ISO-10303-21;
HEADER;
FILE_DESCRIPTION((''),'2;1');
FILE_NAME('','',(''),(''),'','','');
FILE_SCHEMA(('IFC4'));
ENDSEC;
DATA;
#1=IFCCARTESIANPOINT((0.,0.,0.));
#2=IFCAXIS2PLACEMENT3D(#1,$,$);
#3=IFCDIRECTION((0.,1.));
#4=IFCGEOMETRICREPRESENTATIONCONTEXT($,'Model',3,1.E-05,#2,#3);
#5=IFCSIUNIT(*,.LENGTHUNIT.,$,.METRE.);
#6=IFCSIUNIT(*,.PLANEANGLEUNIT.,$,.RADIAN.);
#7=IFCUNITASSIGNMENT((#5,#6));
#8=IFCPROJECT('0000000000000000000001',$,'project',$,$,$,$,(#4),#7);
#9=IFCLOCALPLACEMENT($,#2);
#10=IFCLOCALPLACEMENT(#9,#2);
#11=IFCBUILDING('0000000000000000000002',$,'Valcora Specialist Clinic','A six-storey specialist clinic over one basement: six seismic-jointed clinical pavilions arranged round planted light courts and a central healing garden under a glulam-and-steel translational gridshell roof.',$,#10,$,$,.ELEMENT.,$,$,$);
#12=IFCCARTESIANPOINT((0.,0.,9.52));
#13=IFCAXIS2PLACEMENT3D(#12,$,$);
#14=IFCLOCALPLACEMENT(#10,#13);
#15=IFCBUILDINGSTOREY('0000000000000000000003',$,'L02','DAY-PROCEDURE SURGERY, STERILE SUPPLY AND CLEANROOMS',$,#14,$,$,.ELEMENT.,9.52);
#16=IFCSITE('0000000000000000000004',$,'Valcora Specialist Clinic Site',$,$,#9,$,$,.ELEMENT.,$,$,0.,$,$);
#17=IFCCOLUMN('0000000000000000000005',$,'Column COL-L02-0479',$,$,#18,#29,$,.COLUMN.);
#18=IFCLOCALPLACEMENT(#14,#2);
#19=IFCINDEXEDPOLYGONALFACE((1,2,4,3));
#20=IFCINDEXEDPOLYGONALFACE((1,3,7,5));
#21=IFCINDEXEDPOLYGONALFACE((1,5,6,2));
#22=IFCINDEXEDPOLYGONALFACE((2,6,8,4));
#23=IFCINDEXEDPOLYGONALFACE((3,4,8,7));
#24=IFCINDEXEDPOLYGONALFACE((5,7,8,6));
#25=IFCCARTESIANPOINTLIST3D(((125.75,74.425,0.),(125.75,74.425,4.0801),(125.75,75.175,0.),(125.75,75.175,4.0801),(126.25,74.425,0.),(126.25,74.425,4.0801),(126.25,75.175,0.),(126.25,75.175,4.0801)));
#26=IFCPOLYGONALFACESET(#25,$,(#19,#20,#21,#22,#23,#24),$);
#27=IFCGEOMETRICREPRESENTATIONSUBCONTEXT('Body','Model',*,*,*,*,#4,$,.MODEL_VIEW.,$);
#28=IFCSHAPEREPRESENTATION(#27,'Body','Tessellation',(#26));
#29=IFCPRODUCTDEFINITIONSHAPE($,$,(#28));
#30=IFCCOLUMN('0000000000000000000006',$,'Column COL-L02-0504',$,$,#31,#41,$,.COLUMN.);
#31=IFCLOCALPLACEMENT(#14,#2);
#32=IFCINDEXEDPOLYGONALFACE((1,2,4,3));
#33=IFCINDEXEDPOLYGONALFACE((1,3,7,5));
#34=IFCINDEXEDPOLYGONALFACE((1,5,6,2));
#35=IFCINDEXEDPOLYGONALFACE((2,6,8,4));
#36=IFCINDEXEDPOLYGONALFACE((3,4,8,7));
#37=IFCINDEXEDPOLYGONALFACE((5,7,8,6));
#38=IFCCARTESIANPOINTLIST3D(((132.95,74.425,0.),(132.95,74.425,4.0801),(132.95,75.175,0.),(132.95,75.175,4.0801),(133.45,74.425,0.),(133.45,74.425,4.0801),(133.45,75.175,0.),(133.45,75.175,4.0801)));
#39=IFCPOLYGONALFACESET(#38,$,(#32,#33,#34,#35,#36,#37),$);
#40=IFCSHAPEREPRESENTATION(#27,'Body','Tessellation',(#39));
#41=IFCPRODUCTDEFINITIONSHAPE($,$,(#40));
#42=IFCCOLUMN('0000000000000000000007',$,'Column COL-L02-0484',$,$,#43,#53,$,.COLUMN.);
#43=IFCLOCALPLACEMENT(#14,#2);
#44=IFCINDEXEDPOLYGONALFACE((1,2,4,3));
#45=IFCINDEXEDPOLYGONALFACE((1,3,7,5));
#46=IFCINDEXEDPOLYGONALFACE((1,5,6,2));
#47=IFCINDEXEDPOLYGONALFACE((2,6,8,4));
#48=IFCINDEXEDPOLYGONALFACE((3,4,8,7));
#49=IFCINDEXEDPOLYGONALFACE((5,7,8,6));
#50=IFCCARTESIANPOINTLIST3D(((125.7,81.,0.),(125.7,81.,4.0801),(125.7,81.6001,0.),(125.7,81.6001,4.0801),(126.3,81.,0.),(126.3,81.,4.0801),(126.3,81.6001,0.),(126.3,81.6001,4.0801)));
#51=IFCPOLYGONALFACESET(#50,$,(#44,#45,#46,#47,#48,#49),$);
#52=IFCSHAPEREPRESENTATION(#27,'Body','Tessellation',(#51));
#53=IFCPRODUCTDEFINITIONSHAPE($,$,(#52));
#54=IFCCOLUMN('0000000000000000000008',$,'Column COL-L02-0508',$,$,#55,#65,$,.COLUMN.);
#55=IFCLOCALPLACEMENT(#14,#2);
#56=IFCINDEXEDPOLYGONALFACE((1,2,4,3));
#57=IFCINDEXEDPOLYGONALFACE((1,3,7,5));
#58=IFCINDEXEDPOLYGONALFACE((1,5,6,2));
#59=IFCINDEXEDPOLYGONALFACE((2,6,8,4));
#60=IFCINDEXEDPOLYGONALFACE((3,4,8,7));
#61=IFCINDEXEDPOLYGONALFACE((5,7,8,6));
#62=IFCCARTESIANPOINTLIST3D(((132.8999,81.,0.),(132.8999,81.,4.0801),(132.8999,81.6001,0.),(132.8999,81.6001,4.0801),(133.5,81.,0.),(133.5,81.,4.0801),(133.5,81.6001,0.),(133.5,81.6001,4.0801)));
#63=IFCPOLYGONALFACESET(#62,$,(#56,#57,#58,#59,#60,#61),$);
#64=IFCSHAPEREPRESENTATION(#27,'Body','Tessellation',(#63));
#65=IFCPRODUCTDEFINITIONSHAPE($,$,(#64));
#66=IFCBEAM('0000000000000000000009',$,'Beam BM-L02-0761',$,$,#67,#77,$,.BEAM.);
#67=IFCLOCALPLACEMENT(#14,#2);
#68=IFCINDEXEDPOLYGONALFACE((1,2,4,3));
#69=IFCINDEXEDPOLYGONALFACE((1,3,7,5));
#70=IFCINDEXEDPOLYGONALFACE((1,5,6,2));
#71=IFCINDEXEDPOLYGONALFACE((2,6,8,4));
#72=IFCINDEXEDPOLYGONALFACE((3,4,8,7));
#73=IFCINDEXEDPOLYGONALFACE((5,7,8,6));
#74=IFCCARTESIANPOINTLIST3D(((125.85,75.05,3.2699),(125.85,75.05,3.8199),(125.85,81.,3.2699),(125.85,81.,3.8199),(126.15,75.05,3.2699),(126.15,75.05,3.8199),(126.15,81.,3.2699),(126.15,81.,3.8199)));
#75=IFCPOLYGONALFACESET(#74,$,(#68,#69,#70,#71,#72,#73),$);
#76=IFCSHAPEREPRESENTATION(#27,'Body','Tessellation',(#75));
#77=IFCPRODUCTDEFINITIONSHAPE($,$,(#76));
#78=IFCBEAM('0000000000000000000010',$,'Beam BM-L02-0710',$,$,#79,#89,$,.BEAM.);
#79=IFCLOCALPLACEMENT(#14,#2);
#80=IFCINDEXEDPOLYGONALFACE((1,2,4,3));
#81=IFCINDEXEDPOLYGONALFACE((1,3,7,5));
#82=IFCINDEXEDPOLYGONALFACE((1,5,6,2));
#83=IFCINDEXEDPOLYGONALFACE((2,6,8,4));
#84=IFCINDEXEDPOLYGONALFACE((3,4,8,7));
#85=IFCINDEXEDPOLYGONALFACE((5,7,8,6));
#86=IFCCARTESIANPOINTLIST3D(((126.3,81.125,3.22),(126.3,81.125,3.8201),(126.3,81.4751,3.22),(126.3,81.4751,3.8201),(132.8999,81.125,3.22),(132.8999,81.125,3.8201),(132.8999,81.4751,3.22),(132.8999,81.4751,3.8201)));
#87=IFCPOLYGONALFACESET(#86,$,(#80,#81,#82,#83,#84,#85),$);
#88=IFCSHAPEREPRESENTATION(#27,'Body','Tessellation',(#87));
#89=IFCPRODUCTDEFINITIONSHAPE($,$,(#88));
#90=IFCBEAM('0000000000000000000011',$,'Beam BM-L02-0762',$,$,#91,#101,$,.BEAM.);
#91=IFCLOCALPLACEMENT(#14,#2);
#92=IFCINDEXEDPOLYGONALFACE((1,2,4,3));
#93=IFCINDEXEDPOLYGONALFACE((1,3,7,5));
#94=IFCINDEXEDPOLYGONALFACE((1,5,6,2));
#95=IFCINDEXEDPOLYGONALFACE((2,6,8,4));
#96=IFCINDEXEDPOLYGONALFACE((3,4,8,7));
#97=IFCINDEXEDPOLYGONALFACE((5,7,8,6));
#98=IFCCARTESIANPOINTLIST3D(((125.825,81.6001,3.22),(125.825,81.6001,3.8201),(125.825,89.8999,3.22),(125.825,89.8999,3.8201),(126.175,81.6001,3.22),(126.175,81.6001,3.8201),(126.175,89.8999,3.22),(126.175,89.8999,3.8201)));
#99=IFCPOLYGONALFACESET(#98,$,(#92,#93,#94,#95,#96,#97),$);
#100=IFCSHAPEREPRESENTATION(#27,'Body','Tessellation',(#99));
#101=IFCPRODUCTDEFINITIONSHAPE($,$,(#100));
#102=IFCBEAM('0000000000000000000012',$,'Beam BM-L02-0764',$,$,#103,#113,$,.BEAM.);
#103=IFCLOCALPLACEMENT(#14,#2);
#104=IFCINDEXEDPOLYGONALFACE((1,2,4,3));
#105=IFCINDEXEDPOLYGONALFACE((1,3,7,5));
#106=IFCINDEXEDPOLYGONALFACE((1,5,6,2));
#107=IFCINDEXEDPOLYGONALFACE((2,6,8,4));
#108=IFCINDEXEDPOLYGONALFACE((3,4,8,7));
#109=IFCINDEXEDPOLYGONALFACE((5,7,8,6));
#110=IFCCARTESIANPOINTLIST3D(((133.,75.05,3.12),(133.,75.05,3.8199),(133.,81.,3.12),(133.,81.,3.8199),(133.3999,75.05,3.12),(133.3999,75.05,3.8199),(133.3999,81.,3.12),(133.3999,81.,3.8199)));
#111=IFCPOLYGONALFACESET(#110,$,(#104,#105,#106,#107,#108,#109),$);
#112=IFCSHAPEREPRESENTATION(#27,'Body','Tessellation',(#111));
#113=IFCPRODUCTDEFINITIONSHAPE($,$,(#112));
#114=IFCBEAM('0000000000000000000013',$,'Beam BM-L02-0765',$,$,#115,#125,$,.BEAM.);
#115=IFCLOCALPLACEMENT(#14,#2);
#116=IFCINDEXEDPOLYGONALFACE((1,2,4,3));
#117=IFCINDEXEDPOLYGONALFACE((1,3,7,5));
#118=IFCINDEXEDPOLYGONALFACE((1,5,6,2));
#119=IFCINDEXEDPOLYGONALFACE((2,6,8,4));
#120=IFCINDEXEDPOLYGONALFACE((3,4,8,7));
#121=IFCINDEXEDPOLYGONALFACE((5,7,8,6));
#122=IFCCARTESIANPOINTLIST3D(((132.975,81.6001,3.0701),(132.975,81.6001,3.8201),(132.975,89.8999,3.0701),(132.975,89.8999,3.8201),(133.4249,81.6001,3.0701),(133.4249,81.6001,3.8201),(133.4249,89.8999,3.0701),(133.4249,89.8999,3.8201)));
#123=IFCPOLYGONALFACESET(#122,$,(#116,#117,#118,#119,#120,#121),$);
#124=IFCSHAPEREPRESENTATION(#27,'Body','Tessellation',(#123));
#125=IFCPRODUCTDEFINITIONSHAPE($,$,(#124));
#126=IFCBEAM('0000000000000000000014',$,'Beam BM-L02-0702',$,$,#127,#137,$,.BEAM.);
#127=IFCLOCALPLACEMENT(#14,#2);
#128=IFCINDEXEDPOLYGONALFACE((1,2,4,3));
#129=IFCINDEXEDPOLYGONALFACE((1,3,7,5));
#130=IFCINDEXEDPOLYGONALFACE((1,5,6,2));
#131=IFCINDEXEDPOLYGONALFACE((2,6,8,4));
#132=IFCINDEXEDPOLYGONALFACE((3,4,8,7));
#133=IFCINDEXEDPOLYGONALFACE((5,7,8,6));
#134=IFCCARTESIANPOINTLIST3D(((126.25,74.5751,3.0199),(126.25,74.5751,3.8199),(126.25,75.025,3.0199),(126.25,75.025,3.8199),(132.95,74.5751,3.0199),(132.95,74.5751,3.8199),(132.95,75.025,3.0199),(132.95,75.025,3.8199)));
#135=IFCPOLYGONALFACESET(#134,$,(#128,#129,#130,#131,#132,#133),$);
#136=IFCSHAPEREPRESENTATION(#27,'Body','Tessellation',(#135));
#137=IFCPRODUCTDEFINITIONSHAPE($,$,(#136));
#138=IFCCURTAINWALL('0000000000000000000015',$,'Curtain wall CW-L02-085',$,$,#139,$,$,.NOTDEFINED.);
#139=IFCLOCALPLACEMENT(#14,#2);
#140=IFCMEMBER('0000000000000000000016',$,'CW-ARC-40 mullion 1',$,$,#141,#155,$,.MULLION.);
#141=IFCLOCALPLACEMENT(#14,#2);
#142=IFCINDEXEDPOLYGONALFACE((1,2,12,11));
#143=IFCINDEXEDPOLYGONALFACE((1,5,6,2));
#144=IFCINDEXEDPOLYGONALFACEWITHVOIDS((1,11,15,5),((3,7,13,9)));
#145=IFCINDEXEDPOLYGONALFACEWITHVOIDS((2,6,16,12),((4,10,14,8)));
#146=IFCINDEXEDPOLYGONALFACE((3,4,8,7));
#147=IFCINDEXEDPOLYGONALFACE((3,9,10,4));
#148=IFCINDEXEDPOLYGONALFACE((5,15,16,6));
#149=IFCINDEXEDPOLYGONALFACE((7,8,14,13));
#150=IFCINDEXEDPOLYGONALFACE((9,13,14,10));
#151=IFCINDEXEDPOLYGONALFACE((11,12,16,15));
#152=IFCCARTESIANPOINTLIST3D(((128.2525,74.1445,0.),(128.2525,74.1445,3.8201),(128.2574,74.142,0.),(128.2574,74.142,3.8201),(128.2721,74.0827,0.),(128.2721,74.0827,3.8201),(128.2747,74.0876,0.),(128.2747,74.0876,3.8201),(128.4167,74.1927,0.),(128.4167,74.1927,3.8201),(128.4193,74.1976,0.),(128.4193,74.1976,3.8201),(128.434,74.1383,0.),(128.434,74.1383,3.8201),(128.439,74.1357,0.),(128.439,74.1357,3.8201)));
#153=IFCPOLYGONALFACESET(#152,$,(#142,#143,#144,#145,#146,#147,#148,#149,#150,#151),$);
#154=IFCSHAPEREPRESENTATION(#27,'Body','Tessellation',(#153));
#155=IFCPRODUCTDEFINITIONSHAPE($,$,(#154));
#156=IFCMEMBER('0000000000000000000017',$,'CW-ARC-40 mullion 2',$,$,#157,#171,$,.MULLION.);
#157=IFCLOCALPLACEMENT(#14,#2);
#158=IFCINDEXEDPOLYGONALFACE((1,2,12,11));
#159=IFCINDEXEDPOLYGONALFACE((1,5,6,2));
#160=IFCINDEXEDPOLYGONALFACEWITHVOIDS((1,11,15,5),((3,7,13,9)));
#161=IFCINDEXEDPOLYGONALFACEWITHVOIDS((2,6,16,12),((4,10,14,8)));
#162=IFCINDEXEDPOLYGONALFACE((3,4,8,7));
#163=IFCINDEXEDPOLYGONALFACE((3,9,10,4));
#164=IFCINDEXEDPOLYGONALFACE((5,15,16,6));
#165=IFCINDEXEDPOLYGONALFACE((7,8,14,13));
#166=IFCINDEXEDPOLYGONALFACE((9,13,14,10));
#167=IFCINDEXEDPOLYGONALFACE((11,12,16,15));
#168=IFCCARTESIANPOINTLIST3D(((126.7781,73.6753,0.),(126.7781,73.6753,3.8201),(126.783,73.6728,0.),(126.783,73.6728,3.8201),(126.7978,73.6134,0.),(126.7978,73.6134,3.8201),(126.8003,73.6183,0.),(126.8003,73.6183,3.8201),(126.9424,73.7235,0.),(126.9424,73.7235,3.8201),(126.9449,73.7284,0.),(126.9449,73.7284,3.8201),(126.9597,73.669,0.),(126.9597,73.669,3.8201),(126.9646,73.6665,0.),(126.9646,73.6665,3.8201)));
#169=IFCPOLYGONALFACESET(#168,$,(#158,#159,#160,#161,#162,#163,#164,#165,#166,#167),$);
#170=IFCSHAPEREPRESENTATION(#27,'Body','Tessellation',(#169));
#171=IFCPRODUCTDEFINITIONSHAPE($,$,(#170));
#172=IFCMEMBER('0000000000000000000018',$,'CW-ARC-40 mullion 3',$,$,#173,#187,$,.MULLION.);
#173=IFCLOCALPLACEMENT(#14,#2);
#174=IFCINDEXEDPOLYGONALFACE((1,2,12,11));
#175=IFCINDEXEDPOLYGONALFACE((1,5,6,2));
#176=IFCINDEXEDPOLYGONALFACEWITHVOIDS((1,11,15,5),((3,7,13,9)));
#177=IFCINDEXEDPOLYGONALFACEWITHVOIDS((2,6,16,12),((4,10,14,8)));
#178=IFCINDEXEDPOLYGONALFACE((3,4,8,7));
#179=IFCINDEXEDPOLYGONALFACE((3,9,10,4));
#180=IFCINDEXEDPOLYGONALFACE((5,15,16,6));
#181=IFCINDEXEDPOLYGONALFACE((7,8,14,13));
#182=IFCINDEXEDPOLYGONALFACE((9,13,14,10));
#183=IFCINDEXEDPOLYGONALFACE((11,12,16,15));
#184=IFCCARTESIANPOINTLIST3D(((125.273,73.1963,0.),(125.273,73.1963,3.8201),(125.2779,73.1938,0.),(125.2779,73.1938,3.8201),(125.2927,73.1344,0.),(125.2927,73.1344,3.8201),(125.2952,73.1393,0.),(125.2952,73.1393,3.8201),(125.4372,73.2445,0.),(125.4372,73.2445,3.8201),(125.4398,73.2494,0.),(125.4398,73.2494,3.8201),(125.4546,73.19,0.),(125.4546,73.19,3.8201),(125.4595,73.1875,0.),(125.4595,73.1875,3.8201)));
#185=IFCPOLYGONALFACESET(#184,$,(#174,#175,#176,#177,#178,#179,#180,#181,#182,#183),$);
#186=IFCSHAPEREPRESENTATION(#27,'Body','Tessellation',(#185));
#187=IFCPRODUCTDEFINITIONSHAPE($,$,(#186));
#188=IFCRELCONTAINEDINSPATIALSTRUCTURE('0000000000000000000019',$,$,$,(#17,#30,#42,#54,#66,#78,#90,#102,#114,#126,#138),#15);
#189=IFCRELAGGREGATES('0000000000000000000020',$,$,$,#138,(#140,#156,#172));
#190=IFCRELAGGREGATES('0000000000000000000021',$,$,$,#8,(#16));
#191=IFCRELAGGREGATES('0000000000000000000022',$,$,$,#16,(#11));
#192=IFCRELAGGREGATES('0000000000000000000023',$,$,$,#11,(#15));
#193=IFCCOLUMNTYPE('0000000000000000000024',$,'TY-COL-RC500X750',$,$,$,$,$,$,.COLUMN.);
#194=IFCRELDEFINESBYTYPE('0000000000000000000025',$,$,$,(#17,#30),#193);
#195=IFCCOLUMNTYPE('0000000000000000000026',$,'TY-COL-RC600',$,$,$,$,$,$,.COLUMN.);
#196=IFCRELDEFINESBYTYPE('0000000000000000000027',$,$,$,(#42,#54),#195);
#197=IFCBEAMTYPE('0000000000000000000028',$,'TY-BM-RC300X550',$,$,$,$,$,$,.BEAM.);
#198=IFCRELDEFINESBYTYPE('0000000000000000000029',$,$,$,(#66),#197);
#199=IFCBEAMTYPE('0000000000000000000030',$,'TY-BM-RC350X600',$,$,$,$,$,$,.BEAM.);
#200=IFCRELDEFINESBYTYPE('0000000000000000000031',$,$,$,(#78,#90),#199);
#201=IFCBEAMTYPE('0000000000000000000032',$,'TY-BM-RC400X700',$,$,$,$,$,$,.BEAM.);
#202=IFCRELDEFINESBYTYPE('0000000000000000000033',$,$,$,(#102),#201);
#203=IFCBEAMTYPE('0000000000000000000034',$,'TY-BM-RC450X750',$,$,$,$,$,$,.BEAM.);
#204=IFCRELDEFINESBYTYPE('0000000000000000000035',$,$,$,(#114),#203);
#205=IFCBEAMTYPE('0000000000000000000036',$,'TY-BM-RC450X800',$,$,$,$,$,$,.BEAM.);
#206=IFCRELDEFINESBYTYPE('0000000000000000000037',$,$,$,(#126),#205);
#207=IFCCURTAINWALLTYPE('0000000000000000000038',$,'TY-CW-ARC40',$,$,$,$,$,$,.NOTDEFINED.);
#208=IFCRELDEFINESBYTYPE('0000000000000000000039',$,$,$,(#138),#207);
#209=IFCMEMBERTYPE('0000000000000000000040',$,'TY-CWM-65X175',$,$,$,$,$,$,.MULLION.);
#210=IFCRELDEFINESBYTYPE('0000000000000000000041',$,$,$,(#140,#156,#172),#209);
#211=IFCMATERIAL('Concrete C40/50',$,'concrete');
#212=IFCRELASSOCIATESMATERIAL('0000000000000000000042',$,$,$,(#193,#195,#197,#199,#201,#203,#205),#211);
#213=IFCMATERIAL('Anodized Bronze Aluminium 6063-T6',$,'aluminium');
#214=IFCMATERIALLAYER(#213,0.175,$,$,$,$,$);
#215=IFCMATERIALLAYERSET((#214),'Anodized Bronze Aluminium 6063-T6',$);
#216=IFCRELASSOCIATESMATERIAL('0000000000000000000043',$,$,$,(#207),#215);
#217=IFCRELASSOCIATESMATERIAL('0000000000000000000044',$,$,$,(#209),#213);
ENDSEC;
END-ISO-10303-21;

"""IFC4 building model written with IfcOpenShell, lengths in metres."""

from ifc_helpers import new_model, si_unit, direction, frame, origin, origin_2d, place, context, subcontext, project, spatial, rectangle, hollow_rectangle, extrude, material, layer, layer_set, material_profile, profile_set, type_object, element, aggregate, save


model = new_model("IFC4")

# Units and contexts
model_context = context("Model", 3, precision=1e-05, world=origin(), true_north=direction((0.0, 1.0)))
body_context = subcontext(model_context, "Body", "Model", "MODEL_VIEW")
ifc_project = project(units=[si_unit("LENGTHUNIT", "METRE"), si_unit("PLANEANGLEUNIT", "RADIAN")], contexts=[model_context])

# Site, building, storey
site_placement = place(None, origin())
site = spatial("IfcSite", under=ifc_project, at=site_placement, Name="Valcora Specialist Clinic Site", CompositionType="ELEMENT", RefElevation=0.0)
building_placement = place(site_placement, origin())
building = spatial("IfcBuilding", under=site, at=building_placement, Name="Valcora Specialist Clinic", Description="A six-storey specialist clinic over one basement: six seismic-jointed clinical pavilions arranged round planted light courts and a central healing garden under a glulam-and-steel translational gridshell roof.", CompositionType="ELEMENT")
storey_placement = place(building_placement, frame((0.0, 0.0, 9.52)))
storey = spatial("IfcBuildingStorey", under=building, at=storey_placement, Name="L02", Description="DAY-PROCEDURE SURGERY, STERILE SUPPLY AND CLEANROOMS", CompositionType="ELEMENT", Elevation=9.52)

# Columns
ifc_material_1 = material(Name="Concrete C40/50", Category="concrete")
ifc_material_profile_1 = material_profile(ifc_material_1, rectangle(XDim=0.5, YDim=0.75, at=origin_2d()), Name="RC-COL-500X750")
ifc_profile_set_1 = profile_set([ifc_material_profile_1], Name="Concrete C40/50")
column_type_1 = type_object("IfcColumnType", Name="TY-COL-RC500X750", PredefinedType="COLUMN", material=ifc_profile_set_1)
for number, where, z_axis, x_axis, name in (
    (1, (126.0, 74.8, 0.0), (0.0, 0.0, 1.0), (1.0, 0.0, 0.0), "Column COL-L02-0479"),
    (2, (133.2, 74.8, 0.0), (0.0, 0.0, 1.0), (1.0, 0.0, 0.0), "Column COL-L02-0504"),
):
    element("IfcColumn", number, at=place(storey_placement, frame(where, z_axis=z_axis, x_axis=x_axis)), inside=storey, type_object=column_type_1, Name=name, PredefinedType="COLUMN", context=body_context, shape_type="SweptSolid", body=[
        extrude(rectangle(XDim=0.5, YDim=0.75, at=origin_2d()), origin(), (0.0, 0.0, 1.0), 4.0801),
    ])
ifc_material_profile_2 = material_profile(ifc_material_1, rectangle(XDim=0.6001, YDim=0.6001, at=origin_2d()), Name="RC-COL-600X600")
ifc_profile_set_2 = profile_set([ifc_material_profile_2], Name="Concrete C40/50")
column_type_2 = type_object("IfcColumnType", Name="TY-COL-RC600", PredefinedType="COLUMN", material=ifc_profile_set_2)
for number, where, z_axis, x_axis, name in (
    (3, (126.0, 81.3, 0.0), (0.0, 0.0, 1.0), (1.0, 0.0, 0.0), "Column COL-L02-0484"),
    (4, (133.2, 81.3, 0.0), (0.0, 0.0, 1.0), (1.0, 0.0, 0.0), "Column COL-L02-0508"),
):
    element("IfcColumn", number, at=place(storey_placement, frame(where, z_axis=z_axis, x_axis=x_axis)), inside=storey, type_object=column_type_2, Name=name, PredefinedType="COLUMN", context=body_context, shape_type="SweptSolid", body=[
        extrude(rectangle(XDim=0.6001, YDim=0.6001, at=origin_2d()), origin(), (0.0, 0.0, 1.0), 4.0801),
    ])

# Beams
ifc_material_profile_3 = material_profile(ifc_material_1, rectangle(XDim=0.3, YDim=0.55, at=origin_2d()), Name="RC-BM-300X550")
ifc_profile_set_3 = profile_set([ifc_material_profile_3], Name="Concrete C40/50")
beam_type_1 = type_object("IfcBeamType", Name="TY-BM-RC300X550", PredefinedType="BEAM", material=ifc_profile_set_3)
beam_1_placement = place(storey_placement, frame((126.0, 75.05, 3.5449), z_axis=(0.0, 1.0, 0.0), x_axis=(-1.0, 0.0, 0.0)))
element("IfcBeam", 5, at=beam_1_placement, inside=storey, type_object=beam_type_1, Name="Beam BM-L02-0761", PredefinedType="BEAM", context=body_context, shape_type="SweptSolid", body=[
    extrude(rectangle(XDim=0.3, YDim=0.55, at=origin_2d()), origin(), (0.0, 0.0, 1.0), 5.95),
])
ifc_material_profile_4 = material_profile(ifc_material_1, rectangle(XDim=0.3501, YDim=0.6001, at=origin_2d()), Name="RC-BM-350X600")
ifc_profile_set_4 = profile_set([ifc_material_profile_4], Name="Concrete C40/50")
beam_type_2 = type_object("IfcBeamType", Name="TY-BM-RC350X600", PredefinedType="BEAM", material=ifc_profile_set_4)
beam_2_placement = place(storey_placement, frame((126.3, 81.3, 3.52), z_axis=(1.0, 0.0, 0.0), x_axis=(0.0, 1.0, 0.0)))
element("IfcBeam", 6, at=beam_2_placement, inside=storey, type_object=beam_type_2, Name="Beam BM-L02-0710", PredefinedType="BEAM", context=body_context, shape_type="SweptSolid", body=[
    extrude(rectangle(XDim=0.3501, YDim=0.6001, at=origin_2d()), origin(), (0.0, 0.0, 1.0), 6.5999),
])
beam_3_placement = place(storey_placement, frame((126.0, 81.6001, 3.52), z_axis=(0.0, 1.0, 0.0), x_axis=(-1.0, 0.0, 0.0)))
element("IfcBeam", 7, at=beam_3_placement, inside=storey, type_object=beam_type_2, Name="Beam BM-L02-0762", PredefinedType="BEAM", context=body_context, shape_type="SweptSolid", body=[
    extrude(rectangle(XDim=0.3501, YDim=0.6001, at=origin_2d()), origin(), (0.0, 0.0, 1.0), 8.2998),
])
ifc_material_profile_5 = material_profile(ifc_material_1, rectangle(XDim=0.3999, YDim=0.7, at=origin_2d()), Name="RC-BM-400X700")
ifc_profile_set_5 = profile_set([ifc_material_profile_5], Name="Concrete C40/50")
beam_type_3 = type_object("IfcBeamType", Name="TY-BM-RC400X700", PredefinedType="BEAM", material=ifc_profile_set_5)
beam_4_placement = place(storey_placement, frame((133.2, 75.05, 3.47), z_axis=(0.0, 1.0, 0.0), x_axis=(-1.0, 0.0, 0.0)))
element("IfcBeam", 8, at=beam_4_placement, inside=storey, type_object=beam_type_3, Name="Beam BM-L02-0764", PredefinedType="BEAM", context=body_context, shape_type="SweptSolid", body=[
    extrude(rectangle(XDim=0.3999, YDim=0.7, at=origin_2d()), origin(), (0.0, 0.0, 1.0), 5.95),
])
ifc_material_profile_6 = material_profile(ifc_material_1, rectangle(XDim=0.45, YDim=0.75, at=origin_2d()), Name="RC-BM-450X750")
ifc_profile_set_6 = profile_set([ifc_material_profile_6], Name="Concrete C40/50")
beam_type_4 = type_object("IfcBeamType", Name="TY-BM-RC450X750", PredefinedType="BEAM", material=ifc_profile_set_6)
beam_5_placement = place(storey_placement, frame((133.2, 81.6001, 3.4451), z_axis=(0.0, 1.0, 0.0), x_axis=(-1.0, 0.0, 0.0)))
element("IfcBeam", 9, at=beam_5_placement, inside=storey, type_object=beam_type_4, Name="Beam BM-L02-0765", PredefinedType="BEAM", context=body_context, shape_type="SweptSolid", body=[
    extrude(rectangle(XDim=0.45, YDim=0.75, at=origin_2d()), origin(), (0.0, 0.0, 1.0), 8.2998),
])
ifc_material_profile_7 = material_profile(ifc_material_1, rectangle(XDim=0.45, YDim=0.8, at=origin_2d()), Name="RC-BM-450X800")
ifc_profile_set_7 = profile_set([ifc_material_profile_7], Name="Concrete C40/50")
beam_type_5 = type_object("IfcBeamType", Name="TY-BM-RC450X800", PredefinedType="BEAM", material=ifc_profile_set_7)
beam_6_placement = place(storey_placement, frame((126.25, 74.8, 3.4199), z_axis=(1.0, 0.0, 0.0), x_axis=(0.0, 1.0, 0.0)))
element("IfcBeam", 10, at=beam_6_placement, inside=storey, type_object=beam_type_5, Name="Beam BM-L02-0702", PredefinedType="BEAM", context=body_context, shape_type="SweptSolid", body=[
    extrude(rectangle(XDim=0.45, YDim=0.8, at=origin_2d()), origin(), (0.0, 0.0, 1.0), 6.7),
])

# Curtain wall, members
ifc_material_2 = material(Name="Anodized Bronze Aluminium 6063-T6", Category="aluminium")
ifc_layer_1 = layer(ifc_material_2, 0.175)
ifc_layer_set_1 = layer_set([ifc_layer_1], Name="Anodized Bronze Aluminium 6063-T6")
curtain_wall_type = type_object("IfcCurtainWallType", Name="TY-CW-ARC40", PredefinedType="NOTDEFINED", material=ifc_layer_set_1)
curtain_wall_placement = place(storey_placement, origin())
curtain_wall = element("IfcCurtainWall", 11, at=curtain_wall_placement, inside=storey, type_object=curtain_wall_type, Name="Curtain wall CW-L02-085", PredefinedType="NOTDEFINED")
ifc_material_profile_8 = material_profile(ifc_material_2, hollow_rectangle(XDim=0.0649, YDim=0.175, WallThickness=0.0039, at=origin_2d()), Name="AL-MUL-65X175")
ifc_profile_set_8 = profile_set([ifc_material_profile_8], Name="Anodized Bronze Aluminium 6063-T6")
member_type_1 = type_object("IfcMemberType", Name="TY-CWM-65X175", PredefinedType="MULLION", material=ifc_profile_set_8)
member_1_placement = place(storey_placement, frame((128.3457, 74.1401, 0.0), z_axis=(0.0, 0.0, 1.0), x_axis=(0.303233, -0.952916, 0.0)))
member_1 = element("IfcMember", 12, at=member_1_placement, type_object=member_type_1, Name="CW-ARC-40 mullion 1", PredefinedType="MULLION", context=body_context, shape_type="SweptSolid", body=[
    extrude(hollow_rectangle(XDim=0.0649, YDim=0.175, WallThickness=0.0039, at=origin_2d()), origin(), (0.0, 0.0, 1.0), 3.8201),
])
member_2_placement = place(storey_placement, frame((126.8713, 73.6709, 0.0), z_axis=(0.0, 0.0, 1.0), x_axis=(0.303233, -0.952916, 0.0)))
member_2 = element("IfcMember", 13, at=member_2_placement, type_object=member_type_1, Name="CW-ARC-40 mullion 2", PredefinedType="MULLION", context=body_context, shape_type="SweptSolid", body=[
    extrude(hollow_rectangle(XDim=0.0649, YDim=0.175, WallThickness=0.0039, at=origin_2d()), origin(), (0.0, 0.0, 1.0), 3.8201),
])
member_3_placement = place(storey_placement, frame((125.3662, 73.1919, 0.0), z_axis=(0.0, 0.0, 1.0), x_axis=(0.303233, -0.952916, 0.0)))
member_3 = element("IfcMember", 14, at=member_3_placement, type_object=member_type_1, Name="CW-ARC-40 mullion 3", PredefinedType="MULLION", context=body_context, shape_type="SweptSolid", body=[
    extrude(hollow_rectangle(XDim=0.0649, YDim=0.175, WallThickness=0.0039, at=origin_2d()), origin(), (0.0, 0.0, 1.0), 3.8201),
])
aggregate(curtain_wall, [member_1, member_2, member_3])

save(model, "model.ifc")
